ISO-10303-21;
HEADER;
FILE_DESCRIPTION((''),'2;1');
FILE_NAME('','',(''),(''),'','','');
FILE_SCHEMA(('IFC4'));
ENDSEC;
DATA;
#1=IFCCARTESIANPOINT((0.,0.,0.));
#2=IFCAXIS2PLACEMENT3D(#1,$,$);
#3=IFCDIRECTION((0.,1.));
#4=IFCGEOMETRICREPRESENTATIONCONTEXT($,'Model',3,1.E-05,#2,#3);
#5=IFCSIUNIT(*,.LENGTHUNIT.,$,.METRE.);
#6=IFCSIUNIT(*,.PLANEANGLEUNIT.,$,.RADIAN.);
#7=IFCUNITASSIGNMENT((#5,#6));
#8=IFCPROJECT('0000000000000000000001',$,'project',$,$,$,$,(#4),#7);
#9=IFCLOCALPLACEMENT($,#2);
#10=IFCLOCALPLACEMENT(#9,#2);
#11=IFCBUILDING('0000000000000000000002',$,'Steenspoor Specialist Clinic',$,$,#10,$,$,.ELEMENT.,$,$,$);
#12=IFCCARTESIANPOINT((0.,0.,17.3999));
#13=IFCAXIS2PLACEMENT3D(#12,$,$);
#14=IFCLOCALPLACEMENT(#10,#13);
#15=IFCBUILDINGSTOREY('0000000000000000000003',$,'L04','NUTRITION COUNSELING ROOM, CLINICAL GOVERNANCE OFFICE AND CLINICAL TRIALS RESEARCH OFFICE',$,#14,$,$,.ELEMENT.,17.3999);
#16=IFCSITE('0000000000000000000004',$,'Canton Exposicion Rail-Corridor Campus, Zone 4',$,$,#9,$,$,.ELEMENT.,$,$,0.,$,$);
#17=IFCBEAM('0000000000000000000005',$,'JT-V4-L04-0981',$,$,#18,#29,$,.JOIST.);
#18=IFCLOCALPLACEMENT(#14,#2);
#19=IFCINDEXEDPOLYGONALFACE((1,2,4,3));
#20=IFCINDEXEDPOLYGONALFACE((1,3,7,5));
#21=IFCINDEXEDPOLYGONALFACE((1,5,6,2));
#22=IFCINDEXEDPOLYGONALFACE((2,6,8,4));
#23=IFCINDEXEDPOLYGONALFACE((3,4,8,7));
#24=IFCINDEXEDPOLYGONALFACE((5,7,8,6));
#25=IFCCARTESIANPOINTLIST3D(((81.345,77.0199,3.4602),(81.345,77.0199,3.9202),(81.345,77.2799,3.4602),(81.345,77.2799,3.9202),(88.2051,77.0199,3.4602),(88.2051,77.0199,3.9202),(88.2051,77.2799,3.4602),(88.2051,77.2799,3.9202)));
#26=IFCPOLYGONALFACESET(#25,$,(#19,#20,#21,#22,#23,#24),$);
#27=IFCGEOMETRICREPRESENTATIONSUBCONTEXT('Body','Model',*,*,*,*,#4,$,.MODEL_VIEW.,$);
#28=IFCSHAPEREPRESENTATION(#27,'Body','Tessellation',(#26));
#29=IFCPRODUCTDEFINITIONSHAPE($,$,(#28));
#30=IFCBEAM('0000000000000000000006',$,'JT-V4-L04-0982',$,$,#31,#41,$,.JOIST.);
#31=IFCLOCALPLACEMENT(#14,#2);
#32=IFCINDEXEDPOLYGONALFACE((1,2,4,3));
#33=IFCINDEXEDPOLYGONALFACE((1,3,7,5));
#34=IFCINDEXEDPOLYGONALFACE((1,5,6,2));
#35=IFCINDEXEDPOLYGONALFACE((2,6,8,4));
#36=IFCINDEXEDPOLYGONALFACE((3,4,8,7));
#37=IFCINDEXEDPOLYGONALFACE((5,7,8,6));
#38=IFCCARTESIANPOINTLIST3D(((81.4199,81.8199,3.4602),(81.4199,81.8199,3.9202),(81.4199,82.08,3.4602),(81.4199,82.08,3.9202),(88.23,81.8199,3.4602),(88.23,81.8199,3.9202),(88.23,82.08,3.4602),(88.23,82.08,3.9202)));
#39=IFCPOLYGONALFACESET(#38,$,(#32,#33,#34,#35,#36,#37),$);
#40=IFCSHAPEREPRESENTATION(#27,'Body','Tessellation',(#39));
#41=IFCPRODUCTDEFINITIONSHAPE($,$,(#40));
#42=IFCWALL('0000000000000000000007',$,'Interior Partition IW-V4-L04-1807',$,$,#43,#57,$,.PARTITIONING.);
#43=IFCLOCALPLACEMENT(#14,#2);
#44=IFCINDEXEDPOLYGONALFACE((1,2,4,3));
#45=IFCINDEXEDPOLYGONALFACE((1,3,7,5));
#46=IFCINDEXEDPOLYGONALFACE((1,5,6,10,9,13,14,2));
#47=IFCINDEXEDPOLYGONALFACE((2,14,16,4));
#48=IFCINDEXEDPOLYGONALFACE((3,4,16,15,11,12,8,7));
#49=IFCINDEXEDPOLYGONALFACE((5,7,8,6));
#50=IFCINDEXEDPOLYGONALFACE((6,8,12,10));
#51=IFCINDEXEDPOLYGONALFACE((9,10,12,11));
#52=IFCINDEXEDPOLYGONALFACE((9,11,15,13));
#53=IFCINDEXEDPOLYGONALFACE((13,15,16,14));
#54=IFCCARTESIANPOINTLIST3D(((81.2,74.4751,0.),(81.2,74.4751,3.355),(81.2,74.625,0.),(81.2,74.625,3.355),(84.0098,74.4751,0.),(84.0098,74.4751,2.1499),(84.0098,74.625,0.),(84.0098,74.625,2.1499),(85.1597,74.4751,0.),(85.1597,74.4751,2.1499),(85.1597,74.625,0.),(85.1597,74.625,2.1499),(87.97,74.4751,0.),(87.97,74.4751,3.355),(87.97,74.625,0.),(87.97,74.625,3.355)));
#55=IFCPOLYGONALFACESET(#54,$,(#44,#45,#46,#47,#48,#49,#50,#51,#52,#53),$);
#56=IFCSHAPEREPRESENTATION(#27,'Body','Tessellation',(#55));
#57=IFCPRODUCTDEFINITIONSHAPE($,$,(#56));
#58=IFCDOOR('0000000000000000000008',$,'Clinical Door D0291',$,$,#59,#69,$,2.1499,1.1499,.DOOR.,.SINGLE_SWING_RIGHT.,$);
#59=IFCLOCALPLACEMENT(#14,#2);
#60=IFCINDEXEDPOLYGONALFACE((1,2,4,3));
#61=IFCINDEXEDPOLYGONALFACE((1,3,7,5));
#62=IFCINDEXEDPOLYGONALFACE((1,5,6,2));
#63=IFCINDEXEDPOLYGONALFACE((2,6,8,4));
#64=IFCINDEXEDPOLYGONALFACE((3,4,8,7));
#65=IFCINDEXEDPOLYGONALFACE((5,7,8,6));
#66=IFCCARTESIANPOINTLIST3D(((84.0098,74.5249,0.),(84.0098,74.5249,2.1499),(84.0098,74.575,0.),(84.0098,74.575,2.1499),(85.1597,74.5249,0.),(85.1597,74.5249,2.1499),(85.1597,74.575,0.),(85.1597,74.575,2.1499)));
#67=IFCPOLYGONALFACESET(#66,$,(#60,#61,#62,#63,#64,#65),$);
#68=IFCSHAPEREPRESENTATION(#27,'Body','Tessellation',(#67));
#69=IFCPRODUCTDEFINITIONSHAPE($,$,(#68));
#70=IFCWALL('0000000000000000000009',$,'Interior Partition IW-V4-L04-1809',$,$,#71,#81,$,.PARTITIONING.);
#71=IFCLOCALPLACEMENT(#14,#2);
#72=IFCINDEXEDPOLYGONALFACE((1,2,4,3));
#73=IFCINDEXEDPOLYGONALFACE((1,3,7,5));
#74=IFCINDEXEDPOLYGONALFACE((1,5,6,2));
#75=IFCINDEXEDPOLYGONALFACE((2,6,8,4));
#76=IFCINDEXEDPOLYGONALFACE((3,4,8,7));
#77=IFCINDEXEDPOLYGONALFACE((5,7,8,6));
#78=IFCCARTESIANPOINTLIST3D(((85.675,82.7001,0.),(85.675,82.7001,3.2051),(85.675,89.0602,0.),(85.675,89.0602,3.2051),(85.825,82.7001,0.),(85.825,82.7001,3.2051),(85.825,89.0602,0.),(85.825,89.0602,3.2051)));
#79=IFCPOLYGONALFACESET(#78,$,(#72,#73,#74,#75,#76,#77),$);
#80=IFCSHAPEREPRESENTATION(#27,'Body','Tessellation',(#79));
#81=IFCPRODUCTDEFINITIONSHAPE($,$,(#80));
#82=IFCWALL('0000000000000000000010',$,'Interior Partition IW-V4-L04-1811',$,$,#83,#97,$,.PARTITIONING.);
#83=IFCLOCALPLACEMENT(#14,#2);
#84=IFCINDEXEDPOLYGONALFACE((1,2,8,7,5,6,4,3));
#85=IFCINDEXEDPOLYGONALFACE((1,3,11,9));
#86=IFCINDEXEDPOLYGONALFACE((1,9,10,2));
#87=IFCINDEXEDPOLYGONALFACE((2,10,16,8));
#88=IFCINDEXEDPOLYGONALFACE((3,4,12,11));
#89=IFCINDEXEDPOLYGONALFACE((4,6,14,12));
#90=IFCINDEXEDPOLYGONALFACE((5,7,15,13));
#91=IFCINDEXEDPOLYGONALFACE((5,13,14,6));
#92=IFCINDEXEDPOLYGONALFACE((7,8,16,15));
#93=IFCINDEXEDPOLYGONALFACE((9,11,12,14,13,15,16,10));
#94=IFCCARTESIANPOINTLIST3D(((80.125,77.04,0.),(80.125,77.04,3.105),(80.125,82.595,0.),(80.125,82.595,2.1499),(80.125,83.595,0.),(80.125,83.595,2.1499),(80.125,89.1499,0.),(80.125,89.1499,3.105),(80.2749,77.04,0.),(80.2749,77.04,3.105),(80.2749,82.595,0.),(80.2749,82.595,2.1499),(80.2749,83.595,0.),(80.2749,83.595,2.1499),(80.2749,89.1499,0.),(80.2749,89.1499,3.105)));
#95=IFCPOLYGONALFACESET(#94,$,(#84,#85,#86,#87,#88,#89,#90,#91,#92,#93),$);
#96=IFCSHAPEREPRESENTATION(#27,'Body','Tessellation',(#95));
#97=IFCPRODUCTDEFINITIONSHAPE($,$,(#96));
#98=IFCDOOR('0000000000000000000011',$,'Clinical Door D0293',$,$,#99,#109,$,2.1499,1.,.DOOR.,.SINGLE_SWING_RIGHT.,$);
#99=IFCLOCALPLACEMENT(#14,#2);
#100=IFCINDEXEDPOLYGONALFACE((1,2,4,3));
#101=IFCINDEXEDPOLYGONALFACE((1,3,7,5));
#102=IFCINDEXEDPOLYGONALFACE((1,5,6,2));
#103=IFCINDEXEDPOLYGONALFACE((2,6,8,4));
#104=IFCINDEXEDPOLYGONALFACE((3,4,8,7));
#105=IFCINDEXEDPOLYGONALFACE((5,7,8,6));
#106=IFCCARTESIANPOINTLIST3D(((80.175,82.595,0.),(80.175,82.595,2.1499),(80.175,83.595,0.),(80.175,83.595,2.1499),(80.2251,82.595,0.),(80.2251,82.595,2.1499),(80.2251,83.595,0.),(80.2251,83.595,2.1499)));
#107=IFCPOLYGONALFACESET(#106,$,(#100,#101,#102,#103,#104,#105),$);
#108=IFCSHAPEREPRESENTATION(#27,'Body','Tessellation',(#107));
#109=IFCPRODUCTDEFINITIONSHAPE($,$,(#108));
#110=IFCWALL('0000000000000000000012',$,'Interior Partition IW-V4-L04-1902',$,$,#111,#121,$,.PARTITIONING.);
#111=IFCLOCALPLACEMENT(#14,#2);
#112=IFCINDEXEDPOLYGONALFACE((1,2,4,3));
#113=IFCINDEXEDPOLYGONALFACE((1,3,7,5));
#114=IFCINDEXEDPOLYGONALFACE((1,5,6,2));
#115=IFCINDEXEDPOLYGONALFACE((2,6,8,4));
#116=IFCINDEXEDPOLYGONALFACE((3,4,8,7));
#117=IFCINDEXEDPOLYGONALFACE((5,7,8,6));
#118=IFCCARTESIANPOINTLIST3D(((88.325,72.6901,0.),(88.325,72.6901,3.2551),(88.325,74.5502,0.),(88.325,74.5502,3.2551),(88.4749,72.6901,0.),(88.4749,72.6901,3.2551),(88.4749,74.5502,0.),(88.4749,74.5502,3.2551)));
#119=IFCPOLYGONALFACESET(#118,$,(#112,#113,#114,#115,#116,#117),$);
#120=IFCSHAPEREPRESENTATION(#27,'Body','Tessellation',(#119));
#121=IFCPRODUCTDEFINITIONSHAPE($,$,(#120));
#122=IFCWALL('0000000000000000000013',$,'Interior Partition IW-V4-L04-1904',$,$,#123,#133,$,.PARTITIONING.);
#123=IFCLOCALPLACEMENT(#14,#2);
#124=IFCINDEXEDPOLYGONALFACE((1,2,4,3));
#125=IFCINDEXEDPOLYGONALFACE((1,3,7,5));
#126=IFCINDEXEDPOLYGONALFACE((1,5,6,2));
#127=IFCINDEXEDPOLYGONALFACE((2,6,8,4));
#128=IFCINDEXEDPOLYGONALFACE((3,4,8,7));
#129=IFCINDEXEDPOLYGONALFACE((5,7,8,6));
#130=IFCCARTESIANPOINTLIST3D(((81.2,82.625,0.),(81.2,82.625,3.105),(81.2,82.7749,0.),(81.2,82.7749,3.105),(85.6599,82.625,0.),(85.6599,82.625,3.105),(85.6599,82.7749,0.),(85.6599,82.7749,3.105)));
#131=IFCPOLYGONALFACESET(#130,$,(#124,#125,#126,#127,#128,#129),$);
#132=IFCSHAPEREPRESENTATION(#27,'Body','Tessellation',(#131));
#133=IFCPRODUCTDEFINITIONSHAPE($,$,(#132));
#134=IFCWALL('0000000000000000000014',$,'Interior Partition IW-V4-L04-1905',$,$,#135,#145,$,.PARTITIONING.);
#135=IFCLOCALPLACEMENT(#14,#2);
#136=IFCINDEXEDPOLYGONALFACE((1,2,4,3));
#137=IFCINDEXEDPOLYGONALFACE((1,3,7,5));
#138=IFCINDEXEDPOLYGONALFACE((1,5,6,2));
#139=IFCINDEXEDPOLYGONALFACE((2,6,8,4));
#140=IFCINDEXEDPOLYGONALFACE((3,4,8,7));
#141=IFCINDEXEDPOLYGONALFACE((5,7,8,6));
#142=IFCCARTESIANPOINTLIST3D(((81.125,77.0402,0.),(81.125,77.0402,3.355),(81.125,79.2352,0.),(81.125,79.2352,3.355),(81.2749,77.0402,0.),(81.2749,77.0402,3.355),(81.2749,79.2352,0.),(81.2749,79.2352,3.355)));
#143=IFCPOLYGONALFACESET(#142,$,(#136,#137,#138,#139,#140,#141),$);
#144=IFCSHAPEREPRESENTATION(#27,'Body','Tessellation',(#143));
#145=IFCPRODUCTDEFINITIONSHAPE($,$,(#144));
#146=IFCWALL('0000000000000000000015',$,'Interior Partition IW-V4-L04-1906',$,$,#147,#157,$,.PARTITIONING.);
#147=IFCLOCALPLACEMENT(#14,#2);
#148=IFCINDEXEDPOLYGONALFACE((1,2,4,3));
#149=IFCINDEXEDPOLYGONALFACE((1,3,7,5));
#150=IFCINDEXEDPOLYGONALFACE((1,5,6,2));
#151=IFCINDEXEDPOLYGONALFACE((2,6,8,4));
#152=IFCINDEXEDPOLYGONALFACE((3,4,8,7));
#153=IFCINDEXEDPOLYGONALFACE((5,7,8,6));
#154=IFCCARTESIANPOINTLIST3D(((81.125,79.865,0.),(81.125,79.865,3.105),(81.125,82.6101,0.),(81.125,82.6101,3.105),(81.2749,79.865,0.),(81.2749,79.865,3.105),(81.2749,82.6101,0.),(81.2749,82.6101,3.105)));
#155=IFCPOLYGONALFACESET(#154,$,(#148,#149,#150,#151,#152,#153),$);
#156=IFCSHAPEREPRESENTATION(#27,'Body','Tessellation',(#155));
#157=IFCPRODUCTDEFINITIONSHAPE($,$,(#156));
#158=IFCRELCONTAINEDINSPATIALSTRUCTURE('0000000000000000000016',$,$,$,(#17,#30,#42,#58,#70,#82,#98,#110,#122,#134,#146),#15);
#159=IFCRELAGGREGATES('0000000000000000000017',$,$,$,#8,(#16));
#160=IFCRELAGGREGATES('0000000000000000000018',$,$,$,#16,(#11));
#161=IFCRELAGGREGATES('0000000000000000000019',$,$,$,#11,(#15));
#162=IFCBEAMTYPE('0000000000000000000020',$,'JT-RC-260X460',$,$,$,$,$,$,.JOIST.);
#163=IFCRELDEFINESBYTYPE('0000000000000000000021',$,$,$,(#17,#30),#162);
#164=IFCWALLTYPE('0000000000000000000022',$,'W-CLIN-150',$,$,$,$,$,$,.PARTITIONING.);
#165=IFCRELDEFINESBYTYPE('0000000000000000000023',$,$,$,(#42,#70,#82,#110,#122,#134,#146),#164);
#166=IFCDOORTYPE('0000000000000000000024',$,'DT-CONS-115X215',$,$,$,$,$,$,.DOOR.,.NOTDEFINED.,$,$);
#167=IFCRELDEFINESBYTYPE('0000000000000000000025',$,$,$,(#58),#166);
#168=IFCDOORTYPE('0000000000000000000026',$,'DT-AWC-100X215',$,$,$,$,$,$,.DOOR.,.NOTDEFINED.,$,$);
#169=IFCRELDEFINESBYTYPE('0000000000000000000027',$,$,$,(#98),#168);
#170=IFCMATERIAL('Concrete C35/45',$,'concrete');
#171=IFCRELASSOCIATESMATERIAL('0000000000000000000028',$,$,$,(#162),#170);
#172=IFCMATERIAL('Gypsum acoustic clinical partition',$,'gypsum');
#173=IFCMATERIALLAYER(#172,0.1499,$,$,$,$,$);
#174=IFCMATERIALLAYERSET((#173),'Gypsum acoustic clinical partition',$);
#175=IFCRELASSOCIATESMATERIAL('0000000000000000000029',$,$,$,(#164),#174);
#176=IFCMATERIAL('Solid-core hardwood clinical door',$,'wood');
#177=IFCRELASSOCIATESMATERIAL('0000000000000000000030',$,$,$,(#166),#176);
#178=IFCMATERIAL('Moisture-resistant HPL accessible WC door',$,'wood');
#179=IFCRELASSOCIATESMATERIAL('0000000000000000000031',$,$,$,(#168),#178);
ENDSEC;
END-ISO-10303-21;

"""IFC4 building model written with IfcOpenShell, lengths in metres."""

from ifc_helpers import new_model, si_unit, direction, frame, frame_2d, origin, origin_2d, place, context, subcontext, project, spatial, rectangle, extrude, material, layer, layer_set, material_profile, profile_set, type_object, element, fill, save


model = new_model("IFC4")

# Units and contexts
model_context = context("Model", 3, precision=1e-05, world=origin(), true_north=direction((0.0, 1.0)))
body_context = subcontext(model_context, "Body", "Model", "MODEL_VIEW")
ifc_project = project(units=[si_unit("LENGTHUNIT", "METRE"), si_unit("PLANEANGLEUNIT", "RADIAN")], contexts=[model_context])

# Site, building, storey
site_placement = place(None, origin())
site = spatial("IfcSite", under=ifc_project, at=site_placement, Name="Canton Exposicion Rail-Corridor Campus, Zone 4", CompositionType="ELEMENT", RefElevation=0.0)
building_placement = place(site_placement, origin())
building = spatial("IfcBuilding", under=site, at=building_placement, Name="Steenspoor Specialist Clinic", CompositionType="ELEMENT")
storey_placement = place(building_placement, frame((0.0, 0.0, 17.3999)))
storey = spatial("IfcBuildingStorey", under=building, at=storey_placement, Name="L04", Description="NUTRITION COUNSELING ROOM, CLINICAL GOVERNANCE OFFICE AND CLINICAL TRIALS RESEARCH OFFICE", CompositionType="ELEMENT", Elevation=17.3999)

# Beams
ifc_material_1 = material(Name="Concrete C35/45", Category="concrete")
ifc_material_profile_1 = material_profile(ifc_material_1, rectangle(XDim=0.26, YDim=0.46, at=origin_2d()), Name="RC-JT-260X460")
ifc_profile_set_1 = profile_set([ifc_material_profile_1], Name="Concrete C35/45")
beam_type_1 = type_object("IfcBeamType", Name="JT-RC-260X460", PredefinedType="JOIST", material=ifc_profile_set_1)
beam_1_placement = place(storey_placement, frame((81.345, 77.1499, 3.6902), z_axis=(1.0, 0.0, 0.0), x_axis=(0.0, 1.0, 0.0)))
element("IfcBeam", 1, at=beam_1_placement, inside=storey, type_object=beam_type_1, Name="JT-V4-L04-0981", PredefinedType="JOIST", context=body_context, shape_type="SweptSolid", body=[
    extrude(rectangle(XDim=0.26, YDim=0.46, at=origin_2d()), origin(), (0.0, 0.0, 1.0), 6.8601),
])
beam_2_placement = place(storey_placement, frame((81.4199, 81.95, 3.6902), z_axis=(1.0, 0.0, 0.0), x_axis=(0.0, 1.0, 0.0)))
element("IfcBeam", 2, at=beam_2_placement, inside=storey, type_object=beam_type_1, Name="JT-V4-L04-0982", PredefinedType="JOIST", context=body_context, shape_type="SweptSolid", body=[
    extrude(rectangle(XDim=0.26, YDim=0.46, at=origin_2d()), origin(), (0.0, 0.0, 1.0), 6.8101),
])

# Wall, opening, door
ifc_material_2 = material(Name="Gypsum acoustic clinical partition", Category="gypsum")
ifc_layer_1 = layer(ifc_material_2, 0.1499)
ifc_layer_set_1 = layer_set([ifc_layer_1], Name="Gypsum acoustic clinical partition")
wall_type_1 = type_object("IfcWallType", Name="W-CLIN-150", PredefinedType="PARTITIONING", material=ifc_layer_set_1)
wall_1_placement = place(storey_placement, frame((81.2, 74.55, 0.0), z_axis=(0.0, 0.0, 1.0), x_axis=(1.0, 0.0, 0.0)))
wall_1 = element("IfcWall", 3, at=wall_1_placement, inside=storey, type_object=wall_type_1, Name="Interior Partition IW-V4-L04-1807", PredefinedType="PARTITIONING", context=body_context, shape_type="SweptSolid", body=[
    extrude(rectangle(XDim=6.77, YDim=0.1499, at=frame_2d((3.385, 0.0))), origin(), (0.0, 0.0, 1.0), 3.355),
])
opening_1_placement = place(wall_1_placement, frame((2.8098, 0.0, 0.0)))
opening_1 = element("IfcOpeningElement", 4, at=opening_1_placement, cuts=wall_1, PredefinedType="OPENING", context=body_context, shape_type="SweptSolid", body=[
    extrude(rectangle(XDim=1.1499, YDim=2.1499, at=frame_2d((0.575, 1.075))), frame((0.0, 0.085, 0.0), z_axis=(0.0, -1.0, 0.0), x_axis=(1.0, 0.0, 0.0)), (0.0, 0.0, 1.0), 0.1699),
])
ifc_material_3 = material(Name="Solid-core hardwood clinical door", Category="wood")
door_type_1 = type_object("IfcDoorType", Name="DT-CONS-115X215", OperationType="NOTDEFINED", PredefinedType="DOOR", material=ifc_material_3)
door_1_placement = place(opening_1_placement, origin())
door_1 = element("IfcDoor", 5, at=door_1_placement, inside=storey, type_object=door_type_1, Name="Clinical Door D0291", OperationType="SINGLE_SWING_RIGHT", OverallHeight=2.1499, OverallWidth=1.1499, PredefinedType="DOOR", context=body_context, shape_type="SweptSolid", body=[
    extrude(rectangle(XDim=1.1499, YDim=2.1499, at=frame_2d((0.575, 1.075))), frame((0.0, 0.0249, 0.0), z_axis=(0.0, -1.0, 0.0), x_axis=(1.0, 0.0, 0.0)), (0.0, 0.0, 1.0), 0.05),
])
fill(opening_1, door_1)

# Wall
wall_2_placement = place(storey_placement, frame((85.75, 82.7, 0.0), z_axis=(0.0, 0.0, 1.0), x_axis=(0.0, 1.0, 0.0)))
element("IfcWall", 6, at=wall_2_placement, inside=storey, type_object=wall_type_1, Name="Interior Partition IW-V4-L04-1809", PredefinedType="PARTITIONING", context=body_context, shape_type="SweptSolid", body=[
    extrude(rectangle(XDim=6.3601, YDim=0.1499, at=frame_2d((3.1802, 0.0))), origin(), (0.0, 0.0, 1.0), 3.2051),
])

# Wall, opening, door
wall_3_placement = place(storey_placement, frame((80.2, 77.04, 0.0), z_axis=(0.0, 0.0, 1.0), x_axis=(0.0, 1.0, 0.0)))
wall_3 = element("IfcWall", 7, at=wall_3_placement, inside=storey, type_object=wall_type_1, Name="Interior Partition IW-V4-L04-1811", PredefinedType="PARTITIONING", context=body_context, shape_type="SweptSolid", body=[
    extrude(rectangle(XDim=12.1099, YDim=0.1499, at=frame_2d((6.0549, 0.0))), origin(), (0.0, 0.0, 1.0), 3.105),
])
opening_2_placement = place(wall_3_placement, frame((5.5549, 0.0, 0.0)))
opening_2 = element("IfcOpeningElement", 8, at=opening_2_placement, cuts=wall_3, PredefinedType="OPENING", context=body_context, shape_type="SweptSolid", body=[
    extrude(rectangle(XDim=1.0, YDim=2.1499, at=frame_2d((0.5, 1.075))), frame((0.0, 0.085, 0.0), z_axis=(0.0, -1.0, 0.0), x_axis=(1.0, 0.0, 0.0)), (0.0, 0.0, 1.0), 0.1699),
])
ifc_material_4 = material(Name="Moisture-resistant HPL accessible WC door", Category="wood")
door_type_2 = type_object("IfcDoorType", Name="DT-AWC-100X215", OperationType="NOTDEFINED", PredefinedType="DOOR", material=ifc_material_4)
door_2_placement = place(opening_2_placement, origin())
door_2 = element("IfcDoor", 9, at=door_2_placement, inside=storey, type_object=door_type_2, Name="Clinical Door D0293", OperationType="SINGLE_SWING_RIGHT", OverallHeight=2.1499, OverallWidth=1.0, PredefinedType="DOOR", context=body_context, shape_type="SweptSolid", body=[
    extrude(rectangle(XDim=1.0, YDim=2.1499, at=frame_2d((0.5, 1.075))), frame((0.0, 0.0249, 0.0), z_axis=(0.0, -1.0, 0.0), x_axis=(1.0, 0.0, 0.0)), (0.0, 0.0, 1.0), 0.05),
])
fill(opening_2, door_2)

# Walls
wall_4_placement = place(storey_placement, frame((88.3999, 72.6899, 0.0), z_axis=(0.0, 0.0, 1.0), x_axis=(0.0, 1.0, 0.0)))
element("IfcWall", 10, at=wall_4_placement, inside=storey, type_object=wall_type_1, Name="Interior Partition IW-V4-L04-1902", PredefinedType="PARTITIONING", context=body_context, shape_type="SweptSolid", body=[
    extrude(rectangle(XDim=1.8601, YDim=0.1499, at=frame_2d((0.9302, 0.0))), origin(), (0.0, 0.0, 1.0), 3.2551),
])
wall_5_placement = place(storey_placement, frame((81.2, 82.7, 0.0), z_axis=(0.0, 0.0, 1.0), x_axis=(1.0, 0.0, 0.0)))
element("IfcWall", 11, at=wall_5_placement, inside=storey, type_object=wall_type_1, Name="Interior Partition IW-V4-L04-1904", PredefinedType="PARTITIONING", context=body_context, shape_type="SweptSolid", body=[
    extrude(rectangle(XDim=4.46, YDim=0.1499, at=frame_2d((2.23, 0.0))), origin(), (0.0, 0.0, 1.0), 3.105),
])
wall_6_placement = place(storey_placement, frame((81.2, 77.04, 0.0), z_axis=(0.0, 0.0, 1.0), x_axis=(0.0, 1.0, 0.0)))
element("IfcWall", 12, at=wall_6_placement, inside=storey, type_object=wall_type_1, Name="Interior Partition IW-V4-L04-1905", PredefinedType="PARTITIONING", context=body_context, shape_type="SweptSolid", body=[
    extrude(rectangle(XDim=2.1951, YDim=0.1499, at=frame_2d((1.0977, 0.0))), origin(), (0.0, 0.0, 1.0), 3.355),
])
wall_7_placement = place(storey_placement, frame((81.2, 79.865, 0.0), z_axis=(0.0, 0.0, 1.0), x_axis=(0.0, 1.0, 0.0)))
element("IfcWall", 13, at=wall_7_placement, inside=storey, type_object=wall_type_1, Name="Interior Partition IW-V4-L04-1906", PredefinedType="PARTITIONING", context=body_context, shape_type="SweptSolid", body=[
    extrude(rectangle(XDim=2.7451, YDim=0.1499, at=frame_2d((1.3726, 0.0))), origin(), (0.0, 0.0, 1.0), 3.105),
])

save(model, "model.ifc")
